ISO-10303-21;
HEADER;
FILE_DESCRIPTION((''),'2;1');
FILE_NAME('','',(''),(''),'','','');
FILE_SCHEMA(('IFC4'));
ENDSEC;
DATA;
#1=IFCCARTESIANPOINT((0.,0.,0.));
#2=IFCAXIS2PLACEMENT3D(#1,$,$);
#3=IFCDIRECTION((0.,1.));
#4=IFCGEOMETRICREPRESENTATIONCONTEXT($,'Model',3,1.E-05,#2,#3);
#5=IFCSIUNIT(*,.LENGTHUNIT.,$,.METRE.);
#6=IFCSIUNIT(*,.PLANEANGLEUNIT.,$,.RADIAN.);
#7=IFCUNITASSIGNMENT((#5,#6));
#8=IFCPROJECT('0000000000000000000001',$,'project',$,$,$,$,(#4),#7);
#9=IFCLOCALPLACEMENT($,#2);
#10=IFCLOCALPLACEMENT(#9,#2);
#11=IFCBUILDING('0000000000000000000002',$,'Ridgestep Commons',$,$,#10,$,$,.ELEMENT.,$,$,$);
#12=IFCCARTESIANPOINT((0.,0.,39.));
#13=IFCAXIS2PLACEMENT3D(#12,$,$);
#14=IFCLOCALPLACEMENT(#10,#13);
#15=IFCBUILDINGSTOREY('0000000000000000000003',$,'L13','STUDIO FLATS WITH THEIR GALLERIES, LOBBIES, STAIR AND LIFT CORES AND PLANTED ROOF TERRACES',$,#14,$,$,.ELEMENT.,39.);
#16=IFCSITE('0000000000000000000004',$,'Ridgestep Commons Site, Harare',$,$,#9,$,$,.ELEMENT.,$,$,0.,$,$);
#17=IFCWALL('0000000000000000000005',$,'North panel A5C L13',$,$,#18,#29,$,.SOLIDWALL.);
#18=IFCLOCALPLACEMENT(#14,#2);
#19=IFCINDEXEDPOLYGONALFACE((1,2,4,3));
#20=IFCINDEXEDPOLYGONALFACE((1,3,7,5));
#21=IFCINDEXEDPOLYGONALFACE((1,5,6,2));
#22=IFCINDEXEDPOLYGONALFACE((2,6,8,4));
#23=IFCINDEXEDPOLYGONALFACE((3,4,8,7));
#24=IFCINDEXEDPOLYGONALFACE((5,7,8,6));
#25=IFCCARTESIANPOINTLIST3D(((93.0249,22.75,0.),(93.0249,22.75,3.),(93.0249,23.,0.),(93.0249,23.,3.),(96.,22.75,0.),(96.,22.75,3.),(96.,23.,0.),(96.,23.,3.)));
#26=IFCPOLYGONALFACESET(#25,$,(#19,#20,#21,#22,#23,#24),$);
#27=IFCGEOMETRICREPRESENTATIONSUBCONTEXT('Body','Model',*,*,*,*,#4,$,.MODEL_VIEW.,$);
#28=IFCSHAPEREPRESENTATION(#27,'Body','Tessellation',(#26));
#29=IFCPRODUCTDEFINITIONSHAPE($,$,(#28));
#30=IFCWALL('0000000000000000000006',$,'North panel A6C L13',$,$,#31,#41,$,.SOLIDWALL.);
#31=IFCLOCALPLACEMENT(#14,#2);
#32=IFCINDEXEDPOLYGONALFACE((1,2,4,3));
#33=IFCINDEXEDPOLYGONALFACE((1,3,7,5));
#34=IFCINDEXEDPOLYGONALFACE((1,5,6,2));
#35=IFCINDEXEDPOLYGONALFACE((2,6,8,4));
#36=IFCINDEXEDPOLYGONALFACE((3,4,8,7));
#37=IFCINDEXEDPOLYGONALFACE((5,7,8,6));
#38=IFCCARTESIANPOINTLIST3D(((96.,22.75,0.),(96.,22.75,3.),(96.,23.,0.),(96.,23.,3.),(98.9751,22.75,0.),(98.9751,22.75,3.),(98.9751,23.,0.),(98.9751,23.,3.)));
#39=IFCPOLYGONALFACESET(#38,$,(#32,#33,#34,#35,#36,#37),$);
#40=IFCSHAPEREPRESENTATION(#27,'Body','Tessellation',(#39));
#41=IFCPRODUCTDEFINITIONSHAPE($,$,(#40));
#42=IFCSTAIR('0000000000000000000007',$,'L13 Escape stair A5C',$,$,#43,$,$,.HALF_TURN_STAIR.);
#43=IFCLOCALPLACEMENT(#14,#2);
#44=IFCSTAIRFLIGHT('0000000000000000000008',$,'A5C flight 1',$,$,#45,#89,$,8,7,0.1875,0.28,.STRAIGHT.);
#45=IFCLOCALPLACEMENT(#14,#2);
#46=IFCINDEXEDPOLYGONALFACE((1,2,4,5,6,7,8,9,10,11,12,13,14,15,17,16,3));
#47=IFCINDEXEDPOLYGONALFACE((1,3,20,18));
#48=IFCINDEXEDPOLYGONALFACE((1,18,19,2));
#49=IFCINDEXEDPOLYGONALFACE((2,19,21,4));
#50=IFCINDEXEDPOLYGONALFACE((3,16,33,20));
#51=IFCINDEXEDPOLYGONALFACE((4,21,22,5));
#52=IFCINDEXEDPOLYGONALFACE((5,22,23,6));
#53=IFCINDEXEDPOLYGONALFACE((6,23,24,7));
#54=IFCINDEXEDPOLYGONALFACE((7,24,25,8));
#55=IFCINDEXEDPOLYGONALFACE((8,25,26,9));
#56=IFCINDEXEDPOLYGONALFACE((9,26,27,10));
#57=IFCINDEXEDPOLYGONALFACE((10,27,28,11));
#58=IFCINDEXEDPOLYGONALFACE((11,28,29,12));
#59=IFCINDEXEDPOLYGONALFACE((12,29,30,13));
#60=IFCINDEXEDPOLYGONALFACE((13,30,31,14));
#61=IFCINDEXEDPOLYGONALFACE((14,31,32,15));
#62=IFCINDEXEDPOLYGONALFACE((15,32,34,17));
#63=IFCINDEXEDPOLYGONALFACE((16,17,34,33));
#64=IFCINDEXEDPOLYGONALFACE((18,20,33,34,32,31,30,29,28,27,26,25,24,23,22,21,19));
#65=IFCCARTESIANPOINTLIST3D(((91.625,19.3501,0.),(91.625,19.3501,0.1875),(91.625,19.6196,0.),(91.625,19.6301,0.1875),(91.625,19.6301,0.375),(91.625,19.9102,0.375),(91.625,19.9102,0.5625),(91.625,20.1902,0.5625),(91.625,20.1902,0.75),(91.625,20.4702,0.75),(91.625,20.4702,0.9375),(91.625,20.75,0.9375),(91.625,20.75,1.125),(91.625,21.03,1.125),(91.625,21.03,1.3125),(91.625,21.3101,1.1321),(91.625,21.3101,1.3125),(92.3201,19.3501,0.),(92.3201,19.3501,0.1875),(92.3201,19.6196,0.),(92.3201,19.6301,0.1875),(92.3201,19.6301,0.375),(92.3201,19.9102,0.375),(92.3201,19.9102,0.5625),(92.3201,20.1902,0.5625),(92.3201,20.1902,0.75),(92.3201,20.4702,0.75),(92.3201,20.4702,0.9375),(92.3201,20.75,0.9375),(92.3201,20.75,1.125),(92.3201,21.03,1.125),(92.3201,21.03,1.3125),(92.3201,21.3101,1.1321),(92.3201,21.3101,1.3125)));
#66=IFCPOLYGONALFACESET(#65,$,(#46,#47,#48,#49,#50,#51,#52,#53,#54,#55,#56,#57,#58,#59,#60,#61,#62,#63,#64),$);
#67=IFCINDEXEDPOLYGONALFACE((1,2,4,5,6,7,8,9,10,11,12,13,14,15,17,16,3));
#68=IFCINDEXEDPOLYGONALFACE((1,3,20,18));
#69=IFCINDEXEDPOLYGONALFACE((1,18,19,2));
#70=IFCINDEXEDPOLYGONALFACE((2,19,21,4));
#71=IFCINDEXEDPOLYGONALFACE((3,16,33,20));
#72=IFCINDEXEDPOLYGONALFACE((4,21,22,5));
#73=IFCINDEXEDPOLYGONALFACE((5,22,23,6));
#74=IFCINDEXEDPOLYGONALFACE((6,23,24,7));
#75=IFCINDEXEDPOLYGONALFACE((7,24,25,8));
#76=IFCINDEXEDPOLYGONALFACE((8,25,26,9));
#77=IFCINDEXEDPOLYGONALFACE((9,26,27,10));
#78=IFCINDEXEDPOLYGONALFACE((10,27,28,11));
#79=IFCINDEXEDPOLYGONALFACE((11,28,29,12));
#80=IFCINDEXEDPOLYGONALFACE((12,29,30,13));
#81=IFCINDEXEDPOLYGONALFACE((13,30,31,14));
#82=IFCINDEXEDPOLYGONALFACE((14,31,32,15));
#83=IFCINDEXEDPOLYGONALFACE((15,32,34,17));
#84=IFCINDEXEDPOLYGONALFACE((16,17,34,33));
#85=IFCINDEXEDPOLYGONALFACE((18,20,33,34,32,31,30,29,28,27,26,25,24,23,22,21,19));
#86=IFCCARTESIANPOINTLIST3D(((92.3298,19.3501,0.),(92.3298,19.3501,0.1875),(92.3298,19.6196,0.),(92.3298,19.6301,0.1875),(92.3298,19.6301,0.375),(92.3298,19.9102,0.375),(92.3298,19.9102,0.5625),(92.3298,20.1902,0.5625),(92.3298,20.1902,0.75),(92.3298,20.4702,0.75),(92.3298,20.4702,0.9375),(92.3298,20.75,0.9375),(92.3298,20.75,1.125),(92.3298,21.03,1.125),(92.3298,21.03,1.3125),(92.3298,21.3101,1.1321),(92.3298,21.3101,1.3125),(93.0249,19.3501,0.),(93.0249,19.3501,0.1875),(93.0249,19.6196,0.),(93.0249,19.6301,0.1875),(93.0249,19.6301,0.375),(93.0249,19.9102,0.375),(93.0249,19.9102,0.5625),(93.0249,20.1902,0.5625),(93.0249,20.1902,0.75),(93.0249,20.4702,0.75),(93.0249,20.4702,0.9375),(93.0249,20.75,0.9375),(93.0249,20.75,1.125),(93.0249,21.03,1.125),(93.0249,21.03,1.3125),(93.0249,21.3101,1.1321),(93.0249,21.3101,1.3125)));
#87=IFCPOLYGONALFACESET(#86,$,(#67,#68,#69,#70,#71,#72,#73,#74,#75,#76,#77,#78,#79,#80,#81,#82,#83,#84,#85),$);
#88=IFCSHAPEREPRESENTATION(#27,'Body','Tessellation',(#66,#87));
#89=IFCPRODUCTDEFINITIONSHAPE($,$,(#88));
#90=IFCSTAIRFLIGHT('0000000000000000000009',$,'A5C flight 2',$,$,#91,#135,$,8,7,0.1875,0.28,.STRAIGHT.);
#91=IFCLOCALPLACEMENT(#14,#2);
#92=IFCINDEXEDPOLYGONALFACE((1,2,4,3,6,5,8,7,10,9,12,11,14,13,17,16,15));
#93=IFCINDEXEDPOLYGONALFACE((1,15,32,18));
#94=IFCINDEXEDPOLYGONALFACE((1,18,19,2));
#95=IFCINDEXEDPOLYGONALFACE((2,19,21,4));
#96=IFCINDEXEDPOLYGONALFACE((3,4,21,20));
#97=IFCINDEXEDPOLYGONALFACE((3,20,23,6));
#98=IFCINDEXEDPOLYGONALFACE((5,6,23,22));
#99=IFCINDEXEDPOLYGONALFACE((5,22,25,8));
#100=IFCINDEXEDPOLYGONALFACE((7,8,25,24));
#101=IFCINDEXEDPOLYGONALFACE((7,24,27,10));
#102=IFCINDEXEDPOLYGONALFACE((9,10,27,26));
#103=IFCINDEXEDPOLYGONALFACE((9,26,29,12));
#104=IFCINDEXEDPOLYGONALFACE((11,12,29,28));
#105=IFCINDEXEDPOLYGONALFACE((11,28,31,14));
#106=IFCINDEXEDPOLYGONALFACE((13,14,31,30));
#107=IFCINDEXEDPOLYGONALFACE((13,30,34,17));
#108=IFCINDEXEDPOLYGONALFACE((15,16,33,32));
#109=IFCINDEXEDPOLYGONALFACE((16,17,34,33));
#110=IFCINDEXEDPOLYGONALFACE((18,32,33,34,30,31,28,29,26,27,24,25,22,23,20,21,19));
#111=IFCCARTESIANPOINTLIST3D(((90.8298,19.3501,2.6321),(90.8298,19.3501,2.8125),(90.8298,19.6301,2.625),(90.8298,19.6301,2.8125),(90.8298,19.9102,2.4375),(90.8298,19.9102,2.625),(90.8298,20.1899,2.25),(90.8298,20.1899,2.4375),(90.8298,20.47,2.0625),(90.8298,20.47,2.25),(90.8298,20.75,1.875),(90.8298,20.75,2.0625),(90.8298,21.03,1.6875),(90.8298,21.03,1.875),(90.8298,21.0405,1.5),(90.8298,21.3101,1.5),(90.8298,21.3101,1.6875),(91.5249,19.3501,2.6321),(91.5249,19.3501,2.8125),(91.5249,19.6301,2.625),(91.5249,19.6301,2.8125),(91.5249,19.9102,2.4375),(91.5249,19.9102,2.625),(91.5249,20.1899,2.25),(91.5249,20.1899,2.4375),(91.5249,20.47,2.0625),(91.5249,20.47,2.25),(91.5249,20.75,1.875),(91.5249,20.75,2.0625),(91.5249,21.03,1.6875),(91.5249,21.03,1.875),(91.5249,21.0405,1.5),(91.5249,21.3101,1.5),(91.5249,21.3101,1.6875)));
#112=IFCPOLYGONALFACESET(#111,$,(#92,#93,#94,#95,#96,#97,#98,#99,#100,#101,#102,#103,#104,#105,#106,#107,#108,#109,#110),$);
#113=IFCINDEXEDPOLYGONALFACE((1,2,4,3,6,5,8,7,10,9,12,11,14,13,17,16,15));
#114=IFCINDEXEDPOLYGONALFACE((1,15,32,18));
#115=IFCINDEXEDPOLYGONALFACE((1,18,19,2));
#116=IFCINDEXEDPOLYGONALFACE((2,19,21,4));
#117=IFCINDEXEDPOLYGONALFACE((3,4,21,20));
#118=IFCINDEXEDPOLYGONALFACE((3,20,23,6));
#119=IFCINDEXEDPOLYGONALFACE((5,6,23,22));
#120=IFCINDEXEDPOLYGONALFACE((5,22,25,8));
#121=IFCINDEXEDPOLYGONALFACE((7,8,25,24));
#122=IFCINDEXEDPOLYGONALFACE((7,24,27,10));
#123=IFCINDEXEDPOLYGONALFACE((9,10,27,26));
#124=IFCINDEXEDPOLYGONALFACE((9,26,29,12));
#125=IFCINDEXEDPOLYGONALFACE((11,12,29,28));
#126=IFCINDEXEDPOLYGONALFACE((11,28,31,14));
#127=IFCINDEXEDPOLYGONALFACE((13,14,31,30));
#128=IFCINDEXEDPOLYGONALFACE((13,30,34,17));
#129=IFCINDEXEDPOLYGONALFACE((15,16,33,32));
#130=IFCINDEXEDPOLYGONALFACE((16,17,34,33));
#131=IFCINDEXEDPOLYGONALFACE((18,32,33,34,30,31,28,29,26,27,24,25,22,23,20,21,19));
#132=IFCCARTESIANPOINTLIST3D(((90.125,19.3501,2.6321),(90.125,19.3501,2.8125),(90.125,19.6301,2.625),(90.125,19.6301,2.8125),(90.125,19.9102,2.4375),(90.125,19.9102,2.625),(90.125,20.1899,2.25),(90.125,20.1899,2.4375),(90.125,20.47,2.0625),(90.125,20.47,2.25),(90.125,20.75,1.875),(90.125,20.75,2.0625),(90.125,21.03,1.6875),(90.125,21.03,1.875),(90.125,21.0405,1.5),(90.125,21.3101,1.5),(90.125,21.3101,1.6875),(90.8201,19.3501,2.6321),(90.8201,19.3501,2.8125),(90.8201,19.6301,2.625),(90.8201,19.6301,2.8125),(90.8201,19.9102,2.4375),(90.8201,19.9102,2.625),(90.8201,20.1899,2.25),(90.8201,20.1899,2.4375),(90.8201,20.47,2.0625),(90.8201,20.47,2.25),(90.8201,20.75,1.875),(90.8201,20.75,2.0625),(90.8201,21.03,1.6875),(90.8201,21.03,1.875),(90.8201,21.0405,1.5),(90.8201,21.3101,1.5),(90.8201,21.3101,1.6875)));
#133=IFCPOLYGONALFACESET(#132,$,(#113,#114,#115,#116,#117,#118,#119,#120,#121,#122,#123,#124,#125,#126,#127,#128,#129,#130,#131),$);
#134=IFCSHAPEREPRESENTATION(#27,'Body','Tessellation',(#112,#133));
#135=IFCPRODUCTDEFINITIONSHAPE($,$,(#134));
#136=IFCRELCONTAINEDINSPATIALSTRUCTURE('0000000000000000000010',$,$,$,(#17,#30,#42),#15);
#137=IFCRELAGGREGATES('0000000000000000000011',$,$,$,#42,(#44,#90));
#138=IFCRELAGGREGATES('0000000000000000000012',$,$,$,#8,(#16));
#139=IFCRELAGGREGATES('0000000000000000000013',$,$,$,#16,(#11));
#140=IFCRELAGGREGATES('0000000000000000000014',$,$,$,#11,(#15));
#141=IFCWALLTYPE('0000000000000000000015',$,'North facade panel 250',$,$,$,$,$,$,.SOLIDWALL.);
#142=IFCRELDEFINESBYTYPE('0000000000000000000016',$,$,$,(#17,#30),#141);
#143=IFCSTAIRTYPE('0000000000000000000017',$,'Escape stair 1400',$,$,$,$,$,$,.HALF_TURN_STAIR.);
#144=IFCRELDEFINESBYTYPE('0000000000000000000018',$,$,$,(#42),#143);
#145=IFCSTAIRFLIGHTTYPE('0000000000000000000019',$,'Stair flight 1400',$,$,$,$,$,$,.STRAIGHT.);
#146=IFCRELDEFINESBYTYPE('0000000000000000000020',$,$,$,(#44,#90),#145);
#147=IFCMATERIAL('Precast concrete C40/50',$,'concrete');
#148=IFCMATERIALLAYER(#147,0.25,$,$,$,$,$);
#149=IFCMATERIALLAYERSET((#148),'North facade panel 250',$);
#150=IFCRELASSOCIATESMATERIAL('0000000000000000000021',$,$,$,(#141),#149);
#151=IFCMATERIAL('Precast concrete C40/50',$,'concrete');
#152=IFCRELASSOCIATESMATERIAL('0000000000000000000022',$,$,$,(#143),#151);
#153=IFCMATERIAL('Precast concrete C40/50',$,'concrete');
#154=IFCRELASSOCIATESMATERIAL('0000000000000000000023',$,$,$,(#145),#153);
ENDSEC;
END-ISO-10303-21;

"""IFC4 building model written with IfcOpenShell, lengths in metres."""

from ifc_helpers import new_model, si_unit, direction, frame, frame_2d, origin, place, context, subcontext, project, spatial, polyline, rectangle, outline, extrude, material, layer, layer_set, type_object, element, aggregate, save


model = new_model("IFC4")

# Units and contexts
model_context = context("Model", 3, precision=1e-05, world=origin(), true_north=direction((0.0, 1.0)))
body_context = subcontext(model_context, "Body", "Model", "MODEL_VIEW")
ifc_project = project(units=[si_unit("LENGTHUNIT", "METRE"), si_unit("PLANEANGLEUNIT", "RADIAN")], contexts=[model_context])

# Site, building, storey
site_placement = place(None, origin())
site = spatial("IfcSite", under=ifc_project, at=site_placement, Name="Ridgestep Commons Site, Harare", CompositionType="ELEMENT", RefElevation=0.0)
building_placement = place(site_placement, origin())
building = spatial("IfcBuilding", under=site, at=building_placement, Name="Ridgestep Commons", CompositionType="ELEMENT")
storey_placement = place(building_placement, frame((0.0, 0.0, 39.0)))
storey = spatial("IfcBuildingStorey", under=building, at=storey_placement, Name="L13", Description="STUDIO FLATS WITH THEIR GALLERIES, LOBBIES, STAIR AND LIFT CORES AND PLANTED ROOF TERRACES", CompositionType="ELEMENT", Elevation=39.0)

# Walls
ifc_material_1 = material(Name="Precast concrete C40/50", Category="concrete")
ifc_layer_1 = layer(ifc_material_1, 0.25)
ifc_layer_set_1 = layer_set([ifc_layer_1], Name="North facade panel 250")
wall_type_1 = type_object("IfcWallType", Name="North facade panel 250", PredefinedType="SOLIDWALL", material=ifc_layer_set_1)
for number, where, z_axis, x_axis, name in (
    (1, (93.0249, 22.875, 0.0), (0.0, 0.0, 1.0), (1.0, 0.0, 0.0), "North panel A5C L13"),
    (2, (96.0, 22.875, 0.0), (0.0, 0.0, 1.0), (1.0, 0.0, 0.0), "North panel A6C L13"),
):
    element("IfcWall", number, at=place(storey_placement, frame(where, z_axis=z_axis, x_axis=x_axis)), inside=storey, type_object=wall_type_1, Name=name, PredefinedType="SOLIDWALL", context=body_context, shape_type="SweptSolid", body=[
        extrude(rectangle(XDim=2.9751, YDim=0.25, at=frame_2d((1.4875, 0.0))), origin(), (0.0, 0.0, 1.0), 3.0),
    ])

# Stair, stair flights
ifc_material_2 = material(Name="Precast concrete C40/50", Category="concrete")
stair_type = type_object("IfcStairType", Name="Escape stair 1400", PredefinedType="HALF_TURN_STAIR", material=ifc_material_2)
stair_placement = place(storey_placement, origin())
stair = element("IfcStair", 3, at=stair_placement, inside=storey, type_object=stair_type, Name="L13 Escape stair A5C", PredefinedType="HALF_TURN_STAIR")
ifc_material_3 = material(Name="Precast concrete C40/50", Category="concrete")
stair_flight_type = type_object("IfcStairFlightType", Name="Stair flight 1400", PredefinedType="STRAIGHT", material=ifc_material_3)
stair_flight_1_placement = place(storey_placement, frame((92.325, 19.3501, 0.0), z_axis=(0.0, 0.0, 1.0), x_axis=(0.0, 1.0, 0.0)))
stair_flight_1 = element("IfcStairFlight", 4, at=stair_flight_1_placement, type_object=stair_flight_type, Name="A5C flight 1", NumberOfRisers=8, NumberOfTreads=7, PredefinedType="STRAIGHT", RiserHeight=0.1875, TreadLength=0.28, context=body_context, shape_type="SweptSolid", body=[
    extrude(outline(polyline([(0.0, 0.0), (0.0, 0.1875), (0.28, 0.1875), (0.28, 0.375), (0.5601, 0.375), (0.5601, 0.5625), (0.8401, 0.5625), (0.8401, 0.75), (1.1201, 0.75), (1.1201, 0.9375), (1.3999, 0.9375), (1.3999, 1.125), (1.6799, 1.125), (1.6799, 1.3125), (1.96, 1.3125), (1.96, 1.5), (1.96, 1.1321), (0.2695, 0.0), (0.0, 0.0)])), frame((0.0, 0.7, 0.0), z_axis=(0.0, -1.0, 0.0), x_axis=(1.0, 0.0, 0.0)), (0.0, 0.0, 1.0), 0.6951),
    extrude(outline(polyline([(0.0, 0.0), (0.0, 0.1875), (0.28, 0.1875), (0.28, 0.375), (0.5601, 0.375), (0.5601, 0.5625), (0.8401, 0.5625), (0.8401, 0.75), (1.1201, 0.75), (1.1201, 0.9375), (1.3999, 0.9375), (1.3999, 1.125), (1.6799, 1.125), (1.6799, 1.3125), (1.96, 1.3125), (1.96, 1.5), (1.96, 1.1321), (0.2695, 0.0), (0.0, 0.0)])), frame((0.0, -0.0049, 0.0), z_axis=(0.0, -1.0, 0.0), x_axis=(1.0, 0.0, 0.0)), (0.0, 0.0, 1.0), 0.6951),
])
stair_flight_2_placement = place(storey_placement, frame((90.825, 21.3101, 1.5), z_axis=(0.0, 0.0, 1.0), x_axis=(0.0, -1.0, 0.0)))
stair_flight_2 = element("IfcStairFlight", 5, at=stair_flight_2_placement, type_object=stair_flight_type, Name="A5C flight 2", NumberOfRisers=8, NumberOfTreads=7, PredefinedType="STRAIGHT", RiserHeight=0.1875, TreadLength=0.28, context=body_context, shape_type="SweptSolid", body=[
    extrude(outline(polyline([(0.0, 0.0), (0.0, 0.1875), (0.28, 0.1875), (0.28, 0.375), (0.5601, 0.375), (0.5601, 0.5625), (0.8401, 0.5625), (0.8401, 0.75), (1.1201, 0.75), (1.1201, 0.9375), (1.3999, 0.9375), (1.3999, 1.125), (1.6799, 1.125), (1.6799, 1.3125), (1.96, 1.3125), (1.96, 1.5), (1.96, 1.1321), (0.2695, 0.0), (0.0, 0.0)])), frame((0.0, 0.7, 0.0), z_axis=(0.0, -1.0, 0.0), x_axis=(1.0, 0.0, 0.0)), (0.0, 0.0, 1.0), 0.6951),
    extrude(outline(polyline([(0.0, 0.0), (0.0, 0.1875), (0.28, 0.1875), (0.28, 0.375), (0.5601, 0.375), (0.5601, 0.5625), (0.8401, 0.5625), (0.8401, 0.75), (1.1201, 0.75), (1.1201, 0.9375), (1.3999, 0.9375), (1.3999, 1.125), (1.6799, 1.125), (1.6799, 1.3125), (1.96, 1.3125), (1.96, 1.5), (1.96, 1.1321), (0.2695, 0.0), (0.0, 0.0)])), frame((0.0, -0.0049, 0.0), z_axis=(0.0, -1.0, 0.0), x_axis=(1.0, 0.0, 0.0)), (0.0, 0.0, 1.0), 0.6951),
])
aggregate(stair, [stair_flight_1, stair_flight_2])

save(model, "model.ifc")
